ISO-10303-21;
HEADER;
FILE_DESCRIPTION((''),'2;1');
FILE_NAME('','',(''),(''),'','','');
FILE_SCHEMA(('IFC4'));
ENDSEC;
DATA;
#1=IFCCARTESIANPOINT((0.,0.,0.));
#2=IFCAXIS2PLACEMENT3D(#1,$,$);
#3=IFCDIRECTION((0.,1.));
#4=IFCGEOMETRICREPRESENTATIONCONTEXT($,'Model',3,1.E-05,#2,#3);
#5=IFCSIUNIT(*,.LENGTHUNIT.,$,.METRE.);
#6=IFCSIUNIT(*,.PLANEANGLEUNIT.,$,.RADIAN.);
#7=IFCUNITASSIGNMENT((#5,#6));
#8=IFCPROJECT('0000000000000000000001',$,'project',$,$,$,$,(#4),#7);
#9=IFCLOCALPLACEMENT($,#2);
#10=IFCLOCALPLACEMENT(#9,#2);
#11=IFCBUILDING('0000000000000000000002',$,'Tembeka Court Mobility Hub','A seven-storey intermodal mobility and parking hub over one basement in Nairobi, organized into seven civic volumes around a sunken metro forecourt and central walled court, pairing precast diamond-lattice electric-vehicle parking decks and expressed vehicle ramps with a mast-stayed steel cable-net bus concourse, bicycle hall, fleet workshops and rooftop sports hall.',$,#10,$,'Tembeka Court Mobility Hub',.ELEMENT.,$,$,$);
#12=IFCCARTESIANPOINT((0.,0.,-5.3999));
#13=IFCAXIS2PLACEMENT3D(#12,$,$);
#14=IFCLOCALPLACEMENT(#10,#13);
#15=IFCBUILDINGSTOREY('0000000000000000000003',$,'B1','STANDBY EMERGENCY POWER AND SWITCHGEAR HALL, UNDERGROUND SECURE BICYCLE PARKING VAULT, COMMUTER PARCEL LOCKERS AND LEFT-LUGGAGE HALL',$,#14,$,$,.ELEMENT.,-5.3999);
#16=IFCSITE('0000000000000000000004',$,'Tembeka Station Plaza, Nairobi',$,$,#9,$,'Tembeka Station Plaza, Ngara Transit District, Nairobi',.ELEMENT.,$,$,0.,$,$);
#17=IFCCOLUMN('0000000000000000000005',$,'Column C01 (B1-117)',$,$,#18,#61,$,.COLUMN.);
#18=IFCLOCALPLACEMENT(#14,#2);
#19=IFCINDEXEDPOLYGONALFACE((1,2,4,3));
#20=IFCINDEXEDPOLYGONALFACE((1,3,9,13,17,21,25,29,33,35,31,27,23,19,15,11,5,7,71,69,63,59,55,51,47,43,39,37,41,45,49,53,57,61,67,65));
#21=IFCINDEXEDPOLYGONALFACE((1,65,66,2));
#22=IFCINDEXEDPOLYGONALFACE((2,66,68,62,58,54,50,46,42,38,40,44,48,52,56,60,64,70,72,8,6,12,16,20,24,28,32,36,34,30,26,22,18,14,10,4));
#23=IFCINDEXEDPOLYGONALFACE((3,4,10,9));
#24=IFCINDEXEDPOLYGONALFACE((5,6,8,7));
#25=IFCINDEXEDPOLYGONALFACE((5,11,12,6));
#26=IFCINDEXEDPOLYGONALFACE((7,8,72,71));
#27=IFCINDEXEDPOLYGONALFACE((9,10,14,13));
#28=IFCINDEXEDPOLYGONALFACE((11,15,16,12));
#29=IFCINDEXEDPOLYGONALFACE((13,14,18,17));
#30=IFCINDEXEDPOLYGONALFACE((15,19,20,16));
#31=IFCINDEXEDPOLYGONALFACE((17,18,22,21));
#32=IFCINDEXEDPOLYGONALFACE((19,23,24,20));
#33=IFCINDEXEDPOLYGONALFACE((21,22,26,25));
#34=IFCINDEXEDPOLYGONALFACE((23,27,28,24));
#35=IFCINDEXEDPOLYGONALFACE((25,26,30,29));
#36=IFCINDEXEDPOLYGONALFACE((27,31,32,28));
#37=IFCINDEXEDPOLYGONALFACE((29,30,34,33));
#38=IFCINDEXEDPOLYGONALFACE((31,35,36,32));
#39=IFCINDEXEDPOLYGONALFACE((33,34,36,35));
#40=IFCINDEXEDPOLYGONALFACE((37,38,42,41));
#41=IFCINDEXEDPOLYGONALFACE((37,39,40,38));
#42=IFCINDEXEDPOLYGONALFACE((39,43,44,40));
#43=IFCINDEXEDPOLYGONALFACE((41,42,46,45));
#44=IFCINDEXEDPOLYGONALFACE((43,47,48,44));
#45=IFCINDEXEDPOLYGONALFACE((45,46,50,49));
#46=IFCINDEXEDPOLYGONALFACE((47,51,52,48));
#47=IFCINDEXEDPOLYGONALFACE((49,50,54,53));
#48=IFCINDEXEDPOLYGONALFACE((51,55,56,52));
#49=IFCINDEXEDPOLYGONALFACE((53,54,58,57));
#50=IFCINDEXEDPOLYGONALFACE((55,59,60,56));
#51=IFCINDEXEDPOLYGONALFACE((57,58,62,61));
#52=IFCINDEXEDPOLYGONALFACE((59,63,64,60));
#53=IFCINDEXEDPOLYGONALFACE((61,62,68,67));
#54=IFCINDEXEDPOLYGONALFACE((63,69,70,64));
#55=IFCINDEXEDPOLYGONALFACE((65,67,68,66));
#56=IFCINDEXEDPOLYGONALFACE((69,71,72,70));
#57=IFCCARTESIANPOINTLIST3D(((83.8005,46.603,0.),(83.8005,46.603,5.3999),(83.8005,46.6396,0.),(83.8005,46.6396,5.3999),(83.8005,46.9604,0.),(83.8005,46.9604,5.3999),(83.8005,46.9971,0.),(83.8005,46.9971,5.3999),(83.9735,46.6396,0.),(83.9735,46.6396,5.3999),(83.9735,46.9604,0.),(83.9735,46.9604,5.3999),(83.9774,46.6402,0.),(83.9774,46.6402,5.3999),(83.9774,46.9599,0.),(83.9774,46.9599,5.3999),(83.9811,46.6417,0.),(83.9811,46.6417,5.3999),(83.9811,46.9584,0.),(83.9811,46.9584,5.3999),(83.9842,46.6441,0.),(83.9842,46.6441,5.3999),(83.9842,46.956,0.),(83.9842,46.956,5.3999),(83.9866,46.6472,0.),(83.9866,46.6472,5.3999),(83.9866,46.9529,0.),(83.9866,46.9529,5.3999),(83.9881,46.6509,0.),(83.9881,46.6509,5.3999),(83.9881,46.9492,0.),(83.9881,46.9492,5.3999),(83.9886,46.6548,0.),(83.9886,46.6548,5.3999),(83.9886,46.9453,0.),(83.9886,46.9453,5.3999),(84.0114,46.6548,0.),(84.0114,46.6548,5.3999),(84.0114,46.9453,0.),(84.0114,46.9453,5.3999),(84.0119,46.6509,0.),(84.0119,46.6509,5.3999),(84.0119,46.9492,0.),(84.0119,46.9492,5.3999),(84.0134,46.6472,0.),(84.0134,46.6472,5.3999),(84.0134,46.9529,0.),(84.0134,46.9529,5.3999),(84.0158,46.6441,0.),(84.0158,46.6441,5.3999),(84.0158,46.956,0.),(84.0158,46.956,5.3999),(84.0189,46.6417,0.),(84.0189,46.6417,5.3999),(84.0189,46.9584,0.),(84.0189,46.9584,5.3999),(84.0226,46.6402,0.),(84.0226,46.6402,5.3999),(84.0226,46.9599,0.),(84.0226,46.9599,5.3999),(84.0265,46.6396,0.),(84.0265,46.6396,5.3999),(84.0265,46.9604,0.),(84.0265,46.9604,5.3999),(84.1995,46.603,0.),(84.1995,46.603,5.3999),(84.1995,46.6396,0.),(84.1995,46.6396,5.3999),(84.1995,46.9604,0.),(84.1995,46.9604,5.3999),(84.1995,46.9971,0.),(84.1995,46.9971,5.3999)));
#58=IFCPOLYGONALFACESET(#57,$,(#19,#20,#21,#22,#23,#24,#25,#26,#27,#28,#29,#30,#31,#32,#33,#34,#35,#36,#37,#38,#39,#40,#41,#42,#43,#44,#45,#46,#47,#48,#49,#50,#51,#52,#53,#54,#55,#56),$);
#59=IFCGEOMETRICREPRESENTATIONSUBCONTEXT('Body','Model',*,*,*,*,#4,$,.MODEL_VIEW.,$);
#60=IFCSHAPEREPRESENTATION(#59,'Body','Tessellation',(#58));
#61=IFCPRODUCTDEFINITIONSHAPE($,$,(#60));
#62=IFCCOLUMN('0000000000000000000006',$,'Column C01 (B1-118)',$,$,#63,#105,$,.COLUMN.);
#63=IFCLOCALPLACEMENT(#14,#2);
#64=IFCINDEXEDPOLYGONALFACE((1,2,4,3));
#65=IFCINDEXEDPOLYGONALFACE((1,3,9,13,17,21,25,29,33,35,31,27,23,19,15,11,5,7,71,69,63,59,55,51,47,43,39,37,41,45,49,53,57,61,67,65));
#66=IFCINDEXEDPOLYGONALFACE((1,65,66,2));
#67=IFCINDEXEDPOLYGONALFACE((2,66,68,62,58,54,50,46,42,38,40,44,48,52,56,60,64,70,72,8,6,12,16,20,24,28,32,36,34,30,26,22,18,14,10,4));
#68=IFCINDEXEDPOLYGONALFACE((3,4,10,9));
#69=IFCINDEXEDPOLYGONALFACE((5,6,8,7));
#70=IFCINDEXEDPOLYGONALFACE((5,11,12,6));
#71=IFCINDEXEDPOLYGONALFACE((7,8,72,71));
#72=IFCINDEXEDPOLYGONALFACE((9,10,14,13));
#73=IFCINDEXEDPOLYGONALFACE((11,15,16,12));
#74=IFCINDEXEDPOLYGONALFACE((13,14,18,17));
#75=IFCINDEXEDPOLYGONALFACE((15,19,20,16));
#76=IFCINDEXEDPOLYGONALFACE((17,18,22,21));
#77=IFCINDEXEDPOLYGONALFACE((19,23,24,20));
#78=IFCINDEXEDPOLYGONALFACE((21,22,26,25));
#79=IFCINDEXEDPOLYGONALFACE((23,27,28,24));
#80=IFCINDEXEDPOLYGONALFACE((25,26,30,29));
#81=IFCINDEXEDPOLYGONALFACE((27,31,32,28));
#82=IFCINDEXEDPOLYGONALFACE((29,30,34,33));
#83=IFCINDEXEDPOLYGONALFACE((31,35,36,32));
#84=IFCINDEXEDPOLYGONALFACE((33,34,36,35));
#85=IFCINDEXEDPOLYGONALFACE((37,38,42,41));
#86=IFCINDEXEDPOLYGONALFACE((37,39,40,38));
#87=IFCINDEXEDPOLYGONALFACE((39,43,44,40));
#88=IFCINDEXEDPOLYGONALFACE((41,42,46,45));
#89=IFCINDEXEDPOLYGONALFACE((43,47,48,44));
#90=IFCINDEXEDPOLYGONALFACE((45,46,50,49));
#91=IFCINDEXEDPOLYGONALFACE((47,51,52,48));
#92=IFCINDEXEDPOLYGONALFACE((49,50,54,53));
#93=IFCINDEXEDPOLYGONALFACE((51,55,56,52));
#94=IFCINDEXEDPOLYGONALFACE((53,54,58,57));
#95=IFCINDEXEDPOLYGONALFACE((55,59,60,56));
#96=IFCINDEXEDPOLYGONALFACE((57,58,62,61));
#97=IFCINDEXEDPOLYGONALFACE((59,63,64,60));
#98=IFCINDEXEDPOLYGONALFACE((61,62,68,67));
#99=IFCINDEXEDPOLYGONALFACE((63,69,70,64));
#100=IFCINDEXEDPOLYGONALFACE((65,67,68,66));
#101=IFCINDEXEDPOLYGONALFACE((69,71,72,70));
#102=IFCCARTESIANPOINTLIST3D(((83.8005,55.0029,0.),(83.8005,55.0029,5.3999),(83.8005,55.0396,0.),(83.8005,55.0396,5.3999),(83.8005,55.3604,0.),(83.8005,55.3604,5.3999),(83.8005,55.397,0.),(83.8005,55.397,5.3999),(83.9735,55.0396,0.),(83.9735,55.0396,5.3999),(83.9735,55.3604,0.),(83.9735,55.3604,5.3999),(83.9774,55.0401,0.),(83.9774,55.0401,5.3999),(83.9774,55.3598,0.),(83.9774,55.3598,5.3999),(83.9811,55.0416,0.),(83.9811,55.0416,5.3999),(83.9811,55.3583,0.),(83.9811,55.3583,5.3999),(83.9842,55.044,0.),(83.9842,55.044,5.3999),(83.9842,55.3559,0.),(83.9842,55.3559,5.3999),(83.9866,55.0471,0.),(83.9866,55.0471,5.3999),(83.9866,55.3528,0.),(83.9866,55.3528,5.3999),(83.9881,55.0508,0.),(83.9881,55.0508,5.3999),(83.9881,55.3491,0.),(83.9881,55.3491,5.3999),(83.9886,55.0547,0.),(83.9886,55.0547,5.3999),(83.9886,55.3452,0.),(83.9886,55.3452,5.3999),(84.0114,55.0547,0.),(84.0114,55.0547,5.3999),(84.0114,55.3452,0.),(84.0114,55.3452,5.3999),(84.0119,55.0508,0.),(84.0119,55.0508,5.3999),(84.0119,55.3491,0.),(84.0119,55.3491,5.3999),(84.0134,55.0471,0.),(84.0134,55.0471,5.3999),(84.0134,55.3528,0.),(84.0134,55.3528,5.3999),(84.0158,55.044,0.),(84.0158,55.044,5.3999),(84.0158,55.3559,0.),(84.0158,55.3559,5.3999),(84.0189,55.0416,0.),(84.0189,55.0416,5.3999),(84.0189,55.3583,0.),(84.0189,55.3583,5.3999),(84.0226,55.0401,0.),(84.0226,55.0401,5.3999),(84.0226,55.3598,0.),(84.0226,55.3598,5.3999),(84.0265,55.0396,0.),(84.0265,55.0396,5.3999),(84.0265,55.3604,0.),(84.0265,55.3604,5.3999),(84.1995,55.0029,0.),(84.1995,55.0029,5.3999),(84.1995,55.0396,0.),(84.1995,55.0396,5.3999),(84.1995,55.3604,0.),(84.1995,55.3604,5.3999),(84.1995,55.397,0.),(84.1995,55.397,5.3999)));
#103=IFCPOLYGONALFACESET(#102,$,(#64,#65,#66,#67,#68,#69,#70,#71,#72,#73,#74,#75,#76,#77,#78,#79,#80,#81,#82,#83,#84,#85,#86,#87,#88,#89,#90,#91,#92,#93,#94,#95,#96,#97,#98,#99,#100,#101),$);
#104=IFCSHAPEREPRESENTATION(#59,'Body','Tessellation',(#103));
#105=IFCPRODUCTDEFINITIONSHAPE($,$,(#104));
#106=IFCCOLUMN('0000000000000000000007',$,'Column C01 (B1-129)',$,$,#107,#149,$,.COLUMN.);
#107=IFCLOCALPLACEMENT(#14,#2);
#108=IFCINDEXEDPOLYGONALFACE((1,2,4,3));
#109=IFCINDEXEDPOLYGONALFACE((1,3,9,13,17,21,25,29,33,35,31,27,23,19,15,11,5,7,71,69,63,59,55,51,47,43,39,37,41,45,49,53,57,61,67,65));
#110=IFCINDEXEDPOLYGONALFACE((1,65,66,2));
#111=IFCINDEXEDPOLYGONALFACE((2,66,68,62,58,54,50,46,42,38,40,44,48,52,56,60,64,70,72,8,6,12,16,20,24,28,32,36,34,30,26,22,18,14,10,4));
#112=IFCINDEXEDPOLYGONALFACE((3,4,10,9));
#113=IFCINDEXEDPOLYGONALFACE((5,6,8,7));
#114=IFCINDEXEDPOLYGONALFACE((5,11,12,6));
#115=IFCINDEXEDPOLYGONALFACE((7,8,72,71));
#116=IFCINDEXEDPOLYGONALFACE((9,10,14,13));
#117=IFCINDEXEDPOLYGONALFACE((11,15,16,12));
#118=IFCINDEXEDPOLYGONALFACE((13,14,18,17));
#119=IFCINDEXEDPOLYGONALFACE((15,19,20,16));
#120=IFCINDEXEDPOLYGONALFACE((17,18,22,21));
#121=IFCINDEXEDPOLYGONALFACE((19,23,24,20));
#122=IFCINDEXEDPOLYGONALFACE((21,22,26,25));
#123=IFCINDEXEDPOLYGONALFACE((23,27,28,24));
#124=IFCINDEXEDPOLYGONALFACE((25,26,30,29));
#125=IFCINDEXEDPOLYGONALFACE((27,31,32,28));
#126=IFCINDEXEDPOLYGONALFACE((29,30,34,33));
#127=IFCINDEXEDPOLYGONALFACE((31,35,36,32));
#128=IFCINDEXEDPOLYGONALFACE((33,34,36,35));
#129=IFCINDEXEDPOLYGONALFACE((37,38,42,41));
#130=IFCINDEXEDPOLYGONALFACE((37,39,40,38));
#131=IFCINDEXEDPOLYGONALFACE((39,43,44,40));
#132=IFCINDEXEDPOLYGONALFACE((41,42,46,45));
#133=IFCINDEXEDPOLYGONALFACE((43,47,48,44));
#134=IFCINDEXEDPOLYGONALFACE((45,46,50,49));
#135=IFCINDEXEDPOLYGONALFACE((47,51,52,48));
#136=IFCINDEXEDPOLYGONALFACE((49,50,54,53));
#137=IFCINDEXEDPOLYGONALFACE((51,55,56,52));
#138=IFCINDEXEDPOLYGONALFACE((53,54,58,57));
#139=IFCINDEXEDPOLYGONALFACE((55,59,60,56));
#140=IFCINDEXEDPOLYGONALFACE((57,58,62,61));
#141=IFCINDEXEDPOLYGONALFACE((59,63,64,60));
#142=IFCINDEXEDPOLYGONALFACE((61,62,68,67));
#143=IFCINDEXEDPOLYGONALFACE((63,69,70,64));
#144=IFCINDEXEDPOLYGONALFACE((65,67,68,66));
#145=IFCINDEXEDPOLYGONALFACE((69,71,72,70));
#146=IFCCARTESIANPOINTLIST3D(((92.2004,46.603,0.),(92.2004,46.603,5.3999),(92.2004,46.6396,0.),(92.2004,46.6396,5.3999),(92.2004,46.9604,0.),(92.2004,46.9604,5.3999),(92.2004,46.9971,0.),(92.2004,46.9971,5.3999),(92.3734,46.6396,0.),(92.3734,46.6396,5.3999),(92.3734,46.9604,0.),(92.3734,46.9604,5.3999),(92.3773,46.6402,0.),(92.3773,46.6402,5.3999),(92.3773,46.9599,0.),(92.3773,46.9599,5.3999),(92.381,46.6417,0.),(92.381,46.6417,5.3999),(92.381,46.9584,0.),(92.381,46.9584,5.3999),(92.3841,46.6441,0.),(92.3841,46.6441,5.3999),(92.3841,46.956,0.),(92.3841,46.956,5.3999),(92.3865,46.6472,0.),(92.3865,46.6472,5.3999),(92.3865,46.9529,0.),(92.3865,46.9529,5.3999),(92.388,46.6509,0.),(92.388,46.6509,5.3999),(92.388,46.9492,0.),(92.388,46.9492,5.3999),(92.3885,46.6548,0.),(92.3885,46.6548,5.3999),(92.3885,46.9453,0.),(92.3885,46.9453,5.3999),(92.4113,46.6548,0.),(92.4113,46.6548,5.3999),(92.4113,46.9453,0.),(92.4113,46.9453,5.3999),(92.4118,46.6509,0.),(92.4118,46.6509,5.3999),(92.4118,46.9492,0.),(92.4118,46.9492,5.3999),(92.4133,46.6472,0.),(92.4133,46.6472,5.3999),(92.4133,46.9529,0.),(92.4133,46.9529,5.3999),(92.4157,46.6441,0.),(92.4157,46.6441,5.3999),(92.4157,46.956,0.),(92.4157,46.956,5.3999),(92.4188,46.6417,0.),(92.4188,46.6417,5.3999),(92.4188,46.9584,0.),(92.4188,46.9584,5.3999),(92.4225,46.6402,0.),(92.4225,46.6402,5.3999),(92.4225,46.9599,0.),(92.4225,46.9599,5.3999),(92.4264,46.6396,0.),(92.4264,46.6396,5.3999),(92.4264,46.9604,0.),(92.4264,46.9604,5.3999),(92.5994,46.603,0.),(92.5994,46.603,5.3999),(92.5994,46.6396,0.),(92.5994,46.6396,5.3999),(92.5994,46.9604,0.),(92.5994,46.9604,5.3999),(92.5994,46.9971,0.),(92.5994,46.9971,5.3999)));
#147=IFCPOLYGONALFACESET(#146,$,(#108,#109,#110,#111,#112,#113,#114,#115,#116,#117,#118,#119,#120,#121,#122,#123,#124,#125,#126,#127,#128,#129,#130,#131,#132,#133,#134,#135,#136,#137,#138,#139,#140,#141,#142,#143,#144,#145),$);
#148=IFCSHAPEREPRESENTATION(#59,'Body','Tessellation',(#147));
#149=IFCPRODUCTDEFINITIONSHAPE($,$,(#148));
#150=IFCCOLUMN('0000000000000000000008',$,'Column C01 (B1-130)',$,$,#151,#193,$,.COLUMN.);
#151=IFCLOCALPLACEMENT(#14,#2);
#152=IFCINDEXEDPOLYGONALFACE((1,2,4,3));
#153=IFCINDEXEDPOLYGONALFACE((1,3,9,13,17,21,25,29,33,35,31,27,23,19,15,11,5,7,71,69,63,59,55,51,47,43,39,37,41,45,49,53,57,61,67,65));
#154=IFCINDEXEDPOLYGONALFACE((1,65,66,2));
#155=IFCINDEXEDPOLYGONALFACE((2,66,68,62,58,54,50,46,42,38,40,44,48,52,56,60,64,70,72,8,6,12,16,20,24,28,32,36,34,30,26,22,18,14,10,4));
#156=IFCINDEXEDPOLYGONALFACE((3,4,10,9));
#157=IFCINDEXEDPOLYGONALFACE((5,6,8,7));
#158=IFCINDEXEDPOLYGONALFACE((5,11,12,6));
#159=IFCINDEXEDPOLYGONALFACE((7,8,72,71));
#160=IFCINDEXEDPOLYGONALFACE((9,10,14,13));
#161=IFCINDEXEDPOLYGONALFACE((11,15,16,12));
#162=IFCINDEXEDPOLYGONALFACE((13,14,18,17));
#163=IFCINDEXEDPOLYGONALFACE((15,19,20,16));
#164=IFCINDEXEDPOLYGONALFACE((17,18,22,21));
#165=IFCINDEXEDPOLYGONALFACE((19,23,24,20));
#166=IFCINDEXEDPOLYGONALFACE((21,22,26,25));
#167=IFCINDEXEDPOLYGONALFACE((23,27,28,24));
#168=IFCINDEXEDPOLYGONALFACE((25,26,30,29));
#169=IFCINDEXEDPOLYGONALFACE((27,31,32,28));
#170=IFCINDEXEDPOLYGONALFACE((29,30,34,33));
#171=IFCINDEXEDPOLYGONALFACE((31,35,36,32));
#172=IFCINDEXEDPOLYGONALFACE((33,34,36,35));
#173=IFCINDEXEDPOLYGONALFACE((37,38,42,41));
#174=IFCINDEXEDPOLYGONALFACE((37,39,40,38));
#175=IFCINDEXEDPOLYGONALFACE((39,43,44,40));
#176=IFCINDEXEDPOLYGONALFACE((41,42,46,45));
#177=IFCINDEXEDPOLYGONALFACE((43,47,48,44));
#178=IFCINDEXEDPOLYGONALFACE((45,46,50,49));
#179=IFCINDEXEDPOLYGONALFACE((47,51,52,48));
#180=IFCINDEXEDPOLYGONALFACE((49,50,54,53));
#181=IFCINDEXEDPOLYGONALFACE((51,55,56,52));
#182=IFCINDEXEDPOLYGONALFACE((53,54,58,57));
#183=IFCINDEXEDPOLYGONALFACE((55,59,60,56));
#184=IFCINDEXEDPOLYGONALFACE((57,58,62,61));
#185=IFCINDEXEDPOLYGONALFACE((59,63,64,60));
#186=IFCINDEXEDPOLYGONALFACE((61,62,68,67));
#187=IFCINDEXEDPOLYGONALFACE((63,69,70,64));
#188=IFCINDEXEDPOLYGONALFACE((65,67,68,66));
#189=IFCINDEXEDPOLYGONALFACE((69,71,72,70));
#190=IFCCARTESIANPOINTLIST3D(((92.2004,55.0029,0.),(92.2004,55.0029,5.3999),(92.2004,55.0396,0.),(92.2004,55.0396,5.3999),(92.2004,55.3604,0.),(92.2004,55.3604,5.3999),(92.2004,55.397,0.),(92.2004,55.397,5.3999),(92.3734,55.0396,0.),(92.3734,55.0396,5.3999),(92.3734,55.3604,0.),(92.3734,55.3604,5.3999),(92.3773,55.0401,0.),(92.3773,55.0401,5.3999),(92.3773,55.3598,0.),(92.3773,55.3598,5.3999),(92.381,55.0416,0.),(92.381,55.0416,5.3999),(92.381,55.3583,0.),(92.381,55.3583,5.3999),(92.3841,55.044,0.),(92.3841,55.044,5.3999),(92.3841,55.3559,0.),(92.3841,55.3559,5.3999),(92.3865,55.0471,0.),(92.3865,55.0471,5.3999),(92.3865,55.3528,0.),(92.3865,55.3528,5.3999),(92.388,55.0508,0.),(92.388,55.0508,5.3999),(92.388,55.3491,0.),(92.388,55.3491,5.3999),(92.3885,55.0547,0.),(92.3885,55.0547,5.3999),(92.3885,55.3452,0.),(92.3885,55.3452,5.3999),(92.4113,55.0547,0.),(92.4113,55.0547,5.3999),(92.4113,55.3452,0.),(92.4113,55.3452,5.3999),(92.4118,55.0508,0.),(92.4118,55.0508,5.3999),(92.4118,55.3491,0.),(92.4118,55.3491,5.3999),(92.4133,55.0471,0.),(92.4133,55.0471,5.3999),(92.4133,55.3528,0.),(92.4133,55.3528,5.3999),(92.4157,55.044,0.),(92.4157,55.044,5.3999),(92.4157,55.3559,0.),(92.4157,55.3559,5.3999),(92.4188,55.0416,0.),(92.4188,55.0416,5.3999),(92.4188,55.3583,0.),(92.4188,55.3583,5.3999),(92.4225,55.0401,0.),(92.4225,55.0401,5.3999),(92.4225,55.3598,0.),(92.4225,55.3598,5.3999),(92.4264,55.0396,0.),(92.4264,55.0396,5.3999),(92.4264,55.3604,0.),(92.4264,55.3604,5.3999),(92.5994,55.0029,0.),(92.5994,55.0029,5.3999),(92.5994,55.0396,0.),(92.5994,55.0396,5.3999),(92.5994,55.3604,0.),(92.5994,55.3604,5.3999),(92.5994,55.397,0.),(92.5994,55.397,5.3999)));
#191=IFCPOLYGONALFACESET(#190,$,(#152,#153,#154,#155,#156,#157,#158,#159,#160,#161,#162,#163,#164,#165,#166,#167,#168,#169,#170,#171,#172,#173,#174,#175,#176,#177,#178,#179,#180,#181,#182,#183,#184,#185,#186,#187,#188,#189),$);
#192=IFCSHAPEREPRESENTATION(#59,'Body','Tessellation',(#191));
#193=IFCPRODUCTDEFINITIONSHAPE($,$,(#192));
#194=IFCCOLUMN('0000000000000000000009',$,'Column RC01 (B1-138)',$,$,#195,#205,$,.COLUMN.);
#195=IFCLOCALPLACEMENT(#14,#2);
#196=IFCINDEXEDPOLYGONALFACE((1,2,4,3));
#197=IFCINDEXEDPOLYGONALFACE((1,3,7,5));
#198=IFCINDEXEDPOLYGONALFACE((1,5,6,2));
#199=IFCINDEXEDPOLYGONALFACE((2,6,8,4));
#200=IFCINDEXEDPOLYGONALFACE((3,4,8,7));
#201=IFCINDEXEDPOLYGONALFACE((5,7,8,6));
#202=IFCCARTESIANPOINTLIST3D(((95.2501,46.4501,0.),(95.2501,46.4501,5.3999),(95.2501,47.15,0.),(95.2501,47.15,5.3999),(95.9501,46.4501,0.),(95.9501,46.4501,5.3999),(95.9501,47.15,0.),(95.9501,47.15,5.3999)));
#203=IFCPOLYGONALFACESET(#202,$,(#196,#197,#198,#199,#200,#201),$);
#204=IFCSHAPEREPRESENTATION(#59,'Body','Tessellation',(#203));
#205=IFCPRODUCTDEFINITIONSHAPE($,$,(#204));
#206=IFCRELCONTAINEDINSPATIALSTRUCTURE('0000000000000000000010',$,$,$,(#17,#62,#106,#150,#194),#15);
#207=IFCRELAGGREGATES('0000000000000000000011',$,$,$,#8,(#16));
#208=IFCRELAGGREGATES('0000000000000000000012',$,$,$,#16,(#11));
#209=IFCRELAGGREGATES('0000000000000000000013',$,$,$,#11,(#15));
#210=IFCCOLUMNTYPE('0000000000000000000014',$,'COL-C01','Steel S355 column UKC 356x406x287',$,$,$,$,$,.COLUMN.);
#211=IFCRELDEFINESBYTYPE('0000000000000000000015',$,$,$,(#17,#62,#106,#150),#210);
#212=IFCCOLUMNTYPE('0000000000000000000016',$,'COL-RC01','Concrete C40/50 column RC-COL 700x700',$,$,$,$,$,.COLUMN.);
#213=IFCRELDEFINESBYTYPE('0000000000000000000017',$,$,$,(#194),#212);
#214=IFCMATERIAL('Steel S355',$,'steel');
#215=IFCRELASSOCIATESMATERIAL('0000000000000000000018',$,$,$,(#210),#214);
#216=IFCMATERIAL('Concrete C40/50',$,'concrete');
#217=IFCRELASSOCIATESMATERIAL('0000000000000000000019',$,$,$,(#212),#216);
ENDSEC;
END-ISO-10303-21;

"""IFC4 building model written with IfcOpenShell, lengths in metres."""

from ifc_helpers import new_model, si_unit, direction, frame, origin, origin_2d, place, context, subcontext, project, spatial, rectangle, i_section, extrude, material, material_profile, profile_set, type_object, element, save


model = new_model("IFC4")

# Units and contexts
model_context = context("Model", 3, precision=1e-05, world=origin(), true_north=direction((0.0, 1.0)))
body_context = subcontext(model_context, "Body", "Model", "MODEL_VIEW")
ifc_project = project(units=[si_unit("LENGTHUNIT", "METRE"), si_unit("PLANEANGLEUNIT", "RADIAN")], contexts=[model_context])

# Site, building, storey
site_placement = place(None, origin())
site = spatial("IfcSite", under=ifc_project, at=site_placement, Name="Tembeka Station Plaza, Nairobi", LongName="Tembeka Station Plaza, Ngara Transit District, Nairobi", CompositionType="ELEMENT", RefElevation=0.0)
building_placement = place(site_placement, origin())
building = spatial("IfcBuilding", under=site, at=building_placement, Name="Tembeka Court Mobility Hub", Description="A seven-storey intermodal mobility and parking hub over one basement in Nairobi, organized into seven civic volumes around a sunken metro forecourt and central walled court, pairing precast diamond-lattice electric-vehicle parking decks and expressed vehicle ramps with a mast-stayed steel cable-net bus concourse, bicycle hall, fleet workshops and rooftop sports hall.", LongName="Tembeka Court Mobility Hub", CompositionType="ELEMENT")
storey_placement = place(building_placement, frame((0.0, 0.0, -5.3999)))
storey = spatial("IfcBuildingStorey", under=building, at=storey_placement, Name="B1", Description="STANDBY EMERGENCY POWER AND SWITCHGEAR HALL, UNDERGROUND SECURE BICYCLE PARKING VAULT, COMMUTER PARCEL LOCKERS AND LEFT-LUGGAGE HALL", CompositionType="ELEMENT", Elevation=-5.3999)

# Shared definitions
ifc_material_1 = material(Name="Concrete C40/50", Category="concrete")

# Columns
ifc_material_2 = material(Name="Steel S355", Category="steel")
ifc_material_profile_1 = material_profile(ifc_material_2, i_section(OverallWidth=0.3989, OverallDepth=0.394, WebThickness=0.0227, FlangeThickness=0.0366, FilletRadius=0.0151, at=origin_2d()), Name="UKC 356x406x287")
ifc_profile_set_1 = profile_set([ifc_material_profile_1], Name="Steel S355")
column_type_1 = type_object("IfcColumnType", Name="COL-C01", Description="Steel S355 column UKC 356x406x287", PredefinedType="COLUMN", material=ifc_profile_set_1)
for number, where, z_axis, x_axis, name in (
    (1, (84.0, 46.8, 0.0), (0.0, 0.0, 1.0), (1.0, 0.0, 0.0), "Column C01 (B1-117)"),
    (2, (84.0, 55.2, 0.0), (0.0, 0.0, 1.0), (1.0, 0.0, 0.0), "Column C01 (B1-118)"),
    (3, (92.3999, 46.8, 0.0), (0.0, 0.0, 1.0), (1.0, 0.0, 0.0), "Column C01 (B1-129)"),
    (4, (92.3999, 55.2, 0.0), (0.0, 0.0, 1.0), (1.0, 0.0, 0.0), "Column C01 (B1-130)"),
):
    element("IfcColumn", number, at=place(storey_placement, frame(where, z_axis=z_axis, x_axis=x_axis)), inside=storey, type_object=column_type_1, Name=name, PredefinedType="COLUMN", context=body_context, shape_type="SweptSolid", body=[
        extrude(i_section(OverallWidth=0.3989, OverallDepth=0.394, WebThickness=0.0227, FlangeThickness=0.0366, FilletRadius=0.0151, at=origin_2d()), origin(), (0.0, 0.0, 1.0), 5.3999),
    ])
ifc_material_profile_2 = material_profile(ifc_material_1, rectangle(XDim=0.7, YDim=0.7, at=origin_2d()), Name="RC-COL 700x700")
ifc_profile_set_2 = profile_set([ifc_material_profile_2], Name="Concrete C40/50")
column_type_2 = type_object("IfcColumnType", Name="COL-RC01", Description="Concrete C40/50 column RC-COL 700x700", PredefinedType="COLUMN", material=ifc_profile_set_2)
for number, where, z_axis, x_axis, name in (
    (5, (95.6001, 46.8, 0.0), (0.0, 0.0, 1.0), (1.0, 0.0, 0.0), "Column RC01 (B1-138)"),
):
    element("IfcColumn", number, at=place(storey_placement, frame(where, z_axis=z_axis, x_axis=x_axis)), inside=storey, type_object=column_type_2, Name=name, PredefinedType="COLUMN", context=body_context, shape_type="SweptSolid", body=[
        extrude(rectangle(XDim=0.7, YDim=0.7, at=origin_2d()), origin(), (0.0, 0.0, 1.0), 5.3999),
    ])

save(model, "model.ifc")
